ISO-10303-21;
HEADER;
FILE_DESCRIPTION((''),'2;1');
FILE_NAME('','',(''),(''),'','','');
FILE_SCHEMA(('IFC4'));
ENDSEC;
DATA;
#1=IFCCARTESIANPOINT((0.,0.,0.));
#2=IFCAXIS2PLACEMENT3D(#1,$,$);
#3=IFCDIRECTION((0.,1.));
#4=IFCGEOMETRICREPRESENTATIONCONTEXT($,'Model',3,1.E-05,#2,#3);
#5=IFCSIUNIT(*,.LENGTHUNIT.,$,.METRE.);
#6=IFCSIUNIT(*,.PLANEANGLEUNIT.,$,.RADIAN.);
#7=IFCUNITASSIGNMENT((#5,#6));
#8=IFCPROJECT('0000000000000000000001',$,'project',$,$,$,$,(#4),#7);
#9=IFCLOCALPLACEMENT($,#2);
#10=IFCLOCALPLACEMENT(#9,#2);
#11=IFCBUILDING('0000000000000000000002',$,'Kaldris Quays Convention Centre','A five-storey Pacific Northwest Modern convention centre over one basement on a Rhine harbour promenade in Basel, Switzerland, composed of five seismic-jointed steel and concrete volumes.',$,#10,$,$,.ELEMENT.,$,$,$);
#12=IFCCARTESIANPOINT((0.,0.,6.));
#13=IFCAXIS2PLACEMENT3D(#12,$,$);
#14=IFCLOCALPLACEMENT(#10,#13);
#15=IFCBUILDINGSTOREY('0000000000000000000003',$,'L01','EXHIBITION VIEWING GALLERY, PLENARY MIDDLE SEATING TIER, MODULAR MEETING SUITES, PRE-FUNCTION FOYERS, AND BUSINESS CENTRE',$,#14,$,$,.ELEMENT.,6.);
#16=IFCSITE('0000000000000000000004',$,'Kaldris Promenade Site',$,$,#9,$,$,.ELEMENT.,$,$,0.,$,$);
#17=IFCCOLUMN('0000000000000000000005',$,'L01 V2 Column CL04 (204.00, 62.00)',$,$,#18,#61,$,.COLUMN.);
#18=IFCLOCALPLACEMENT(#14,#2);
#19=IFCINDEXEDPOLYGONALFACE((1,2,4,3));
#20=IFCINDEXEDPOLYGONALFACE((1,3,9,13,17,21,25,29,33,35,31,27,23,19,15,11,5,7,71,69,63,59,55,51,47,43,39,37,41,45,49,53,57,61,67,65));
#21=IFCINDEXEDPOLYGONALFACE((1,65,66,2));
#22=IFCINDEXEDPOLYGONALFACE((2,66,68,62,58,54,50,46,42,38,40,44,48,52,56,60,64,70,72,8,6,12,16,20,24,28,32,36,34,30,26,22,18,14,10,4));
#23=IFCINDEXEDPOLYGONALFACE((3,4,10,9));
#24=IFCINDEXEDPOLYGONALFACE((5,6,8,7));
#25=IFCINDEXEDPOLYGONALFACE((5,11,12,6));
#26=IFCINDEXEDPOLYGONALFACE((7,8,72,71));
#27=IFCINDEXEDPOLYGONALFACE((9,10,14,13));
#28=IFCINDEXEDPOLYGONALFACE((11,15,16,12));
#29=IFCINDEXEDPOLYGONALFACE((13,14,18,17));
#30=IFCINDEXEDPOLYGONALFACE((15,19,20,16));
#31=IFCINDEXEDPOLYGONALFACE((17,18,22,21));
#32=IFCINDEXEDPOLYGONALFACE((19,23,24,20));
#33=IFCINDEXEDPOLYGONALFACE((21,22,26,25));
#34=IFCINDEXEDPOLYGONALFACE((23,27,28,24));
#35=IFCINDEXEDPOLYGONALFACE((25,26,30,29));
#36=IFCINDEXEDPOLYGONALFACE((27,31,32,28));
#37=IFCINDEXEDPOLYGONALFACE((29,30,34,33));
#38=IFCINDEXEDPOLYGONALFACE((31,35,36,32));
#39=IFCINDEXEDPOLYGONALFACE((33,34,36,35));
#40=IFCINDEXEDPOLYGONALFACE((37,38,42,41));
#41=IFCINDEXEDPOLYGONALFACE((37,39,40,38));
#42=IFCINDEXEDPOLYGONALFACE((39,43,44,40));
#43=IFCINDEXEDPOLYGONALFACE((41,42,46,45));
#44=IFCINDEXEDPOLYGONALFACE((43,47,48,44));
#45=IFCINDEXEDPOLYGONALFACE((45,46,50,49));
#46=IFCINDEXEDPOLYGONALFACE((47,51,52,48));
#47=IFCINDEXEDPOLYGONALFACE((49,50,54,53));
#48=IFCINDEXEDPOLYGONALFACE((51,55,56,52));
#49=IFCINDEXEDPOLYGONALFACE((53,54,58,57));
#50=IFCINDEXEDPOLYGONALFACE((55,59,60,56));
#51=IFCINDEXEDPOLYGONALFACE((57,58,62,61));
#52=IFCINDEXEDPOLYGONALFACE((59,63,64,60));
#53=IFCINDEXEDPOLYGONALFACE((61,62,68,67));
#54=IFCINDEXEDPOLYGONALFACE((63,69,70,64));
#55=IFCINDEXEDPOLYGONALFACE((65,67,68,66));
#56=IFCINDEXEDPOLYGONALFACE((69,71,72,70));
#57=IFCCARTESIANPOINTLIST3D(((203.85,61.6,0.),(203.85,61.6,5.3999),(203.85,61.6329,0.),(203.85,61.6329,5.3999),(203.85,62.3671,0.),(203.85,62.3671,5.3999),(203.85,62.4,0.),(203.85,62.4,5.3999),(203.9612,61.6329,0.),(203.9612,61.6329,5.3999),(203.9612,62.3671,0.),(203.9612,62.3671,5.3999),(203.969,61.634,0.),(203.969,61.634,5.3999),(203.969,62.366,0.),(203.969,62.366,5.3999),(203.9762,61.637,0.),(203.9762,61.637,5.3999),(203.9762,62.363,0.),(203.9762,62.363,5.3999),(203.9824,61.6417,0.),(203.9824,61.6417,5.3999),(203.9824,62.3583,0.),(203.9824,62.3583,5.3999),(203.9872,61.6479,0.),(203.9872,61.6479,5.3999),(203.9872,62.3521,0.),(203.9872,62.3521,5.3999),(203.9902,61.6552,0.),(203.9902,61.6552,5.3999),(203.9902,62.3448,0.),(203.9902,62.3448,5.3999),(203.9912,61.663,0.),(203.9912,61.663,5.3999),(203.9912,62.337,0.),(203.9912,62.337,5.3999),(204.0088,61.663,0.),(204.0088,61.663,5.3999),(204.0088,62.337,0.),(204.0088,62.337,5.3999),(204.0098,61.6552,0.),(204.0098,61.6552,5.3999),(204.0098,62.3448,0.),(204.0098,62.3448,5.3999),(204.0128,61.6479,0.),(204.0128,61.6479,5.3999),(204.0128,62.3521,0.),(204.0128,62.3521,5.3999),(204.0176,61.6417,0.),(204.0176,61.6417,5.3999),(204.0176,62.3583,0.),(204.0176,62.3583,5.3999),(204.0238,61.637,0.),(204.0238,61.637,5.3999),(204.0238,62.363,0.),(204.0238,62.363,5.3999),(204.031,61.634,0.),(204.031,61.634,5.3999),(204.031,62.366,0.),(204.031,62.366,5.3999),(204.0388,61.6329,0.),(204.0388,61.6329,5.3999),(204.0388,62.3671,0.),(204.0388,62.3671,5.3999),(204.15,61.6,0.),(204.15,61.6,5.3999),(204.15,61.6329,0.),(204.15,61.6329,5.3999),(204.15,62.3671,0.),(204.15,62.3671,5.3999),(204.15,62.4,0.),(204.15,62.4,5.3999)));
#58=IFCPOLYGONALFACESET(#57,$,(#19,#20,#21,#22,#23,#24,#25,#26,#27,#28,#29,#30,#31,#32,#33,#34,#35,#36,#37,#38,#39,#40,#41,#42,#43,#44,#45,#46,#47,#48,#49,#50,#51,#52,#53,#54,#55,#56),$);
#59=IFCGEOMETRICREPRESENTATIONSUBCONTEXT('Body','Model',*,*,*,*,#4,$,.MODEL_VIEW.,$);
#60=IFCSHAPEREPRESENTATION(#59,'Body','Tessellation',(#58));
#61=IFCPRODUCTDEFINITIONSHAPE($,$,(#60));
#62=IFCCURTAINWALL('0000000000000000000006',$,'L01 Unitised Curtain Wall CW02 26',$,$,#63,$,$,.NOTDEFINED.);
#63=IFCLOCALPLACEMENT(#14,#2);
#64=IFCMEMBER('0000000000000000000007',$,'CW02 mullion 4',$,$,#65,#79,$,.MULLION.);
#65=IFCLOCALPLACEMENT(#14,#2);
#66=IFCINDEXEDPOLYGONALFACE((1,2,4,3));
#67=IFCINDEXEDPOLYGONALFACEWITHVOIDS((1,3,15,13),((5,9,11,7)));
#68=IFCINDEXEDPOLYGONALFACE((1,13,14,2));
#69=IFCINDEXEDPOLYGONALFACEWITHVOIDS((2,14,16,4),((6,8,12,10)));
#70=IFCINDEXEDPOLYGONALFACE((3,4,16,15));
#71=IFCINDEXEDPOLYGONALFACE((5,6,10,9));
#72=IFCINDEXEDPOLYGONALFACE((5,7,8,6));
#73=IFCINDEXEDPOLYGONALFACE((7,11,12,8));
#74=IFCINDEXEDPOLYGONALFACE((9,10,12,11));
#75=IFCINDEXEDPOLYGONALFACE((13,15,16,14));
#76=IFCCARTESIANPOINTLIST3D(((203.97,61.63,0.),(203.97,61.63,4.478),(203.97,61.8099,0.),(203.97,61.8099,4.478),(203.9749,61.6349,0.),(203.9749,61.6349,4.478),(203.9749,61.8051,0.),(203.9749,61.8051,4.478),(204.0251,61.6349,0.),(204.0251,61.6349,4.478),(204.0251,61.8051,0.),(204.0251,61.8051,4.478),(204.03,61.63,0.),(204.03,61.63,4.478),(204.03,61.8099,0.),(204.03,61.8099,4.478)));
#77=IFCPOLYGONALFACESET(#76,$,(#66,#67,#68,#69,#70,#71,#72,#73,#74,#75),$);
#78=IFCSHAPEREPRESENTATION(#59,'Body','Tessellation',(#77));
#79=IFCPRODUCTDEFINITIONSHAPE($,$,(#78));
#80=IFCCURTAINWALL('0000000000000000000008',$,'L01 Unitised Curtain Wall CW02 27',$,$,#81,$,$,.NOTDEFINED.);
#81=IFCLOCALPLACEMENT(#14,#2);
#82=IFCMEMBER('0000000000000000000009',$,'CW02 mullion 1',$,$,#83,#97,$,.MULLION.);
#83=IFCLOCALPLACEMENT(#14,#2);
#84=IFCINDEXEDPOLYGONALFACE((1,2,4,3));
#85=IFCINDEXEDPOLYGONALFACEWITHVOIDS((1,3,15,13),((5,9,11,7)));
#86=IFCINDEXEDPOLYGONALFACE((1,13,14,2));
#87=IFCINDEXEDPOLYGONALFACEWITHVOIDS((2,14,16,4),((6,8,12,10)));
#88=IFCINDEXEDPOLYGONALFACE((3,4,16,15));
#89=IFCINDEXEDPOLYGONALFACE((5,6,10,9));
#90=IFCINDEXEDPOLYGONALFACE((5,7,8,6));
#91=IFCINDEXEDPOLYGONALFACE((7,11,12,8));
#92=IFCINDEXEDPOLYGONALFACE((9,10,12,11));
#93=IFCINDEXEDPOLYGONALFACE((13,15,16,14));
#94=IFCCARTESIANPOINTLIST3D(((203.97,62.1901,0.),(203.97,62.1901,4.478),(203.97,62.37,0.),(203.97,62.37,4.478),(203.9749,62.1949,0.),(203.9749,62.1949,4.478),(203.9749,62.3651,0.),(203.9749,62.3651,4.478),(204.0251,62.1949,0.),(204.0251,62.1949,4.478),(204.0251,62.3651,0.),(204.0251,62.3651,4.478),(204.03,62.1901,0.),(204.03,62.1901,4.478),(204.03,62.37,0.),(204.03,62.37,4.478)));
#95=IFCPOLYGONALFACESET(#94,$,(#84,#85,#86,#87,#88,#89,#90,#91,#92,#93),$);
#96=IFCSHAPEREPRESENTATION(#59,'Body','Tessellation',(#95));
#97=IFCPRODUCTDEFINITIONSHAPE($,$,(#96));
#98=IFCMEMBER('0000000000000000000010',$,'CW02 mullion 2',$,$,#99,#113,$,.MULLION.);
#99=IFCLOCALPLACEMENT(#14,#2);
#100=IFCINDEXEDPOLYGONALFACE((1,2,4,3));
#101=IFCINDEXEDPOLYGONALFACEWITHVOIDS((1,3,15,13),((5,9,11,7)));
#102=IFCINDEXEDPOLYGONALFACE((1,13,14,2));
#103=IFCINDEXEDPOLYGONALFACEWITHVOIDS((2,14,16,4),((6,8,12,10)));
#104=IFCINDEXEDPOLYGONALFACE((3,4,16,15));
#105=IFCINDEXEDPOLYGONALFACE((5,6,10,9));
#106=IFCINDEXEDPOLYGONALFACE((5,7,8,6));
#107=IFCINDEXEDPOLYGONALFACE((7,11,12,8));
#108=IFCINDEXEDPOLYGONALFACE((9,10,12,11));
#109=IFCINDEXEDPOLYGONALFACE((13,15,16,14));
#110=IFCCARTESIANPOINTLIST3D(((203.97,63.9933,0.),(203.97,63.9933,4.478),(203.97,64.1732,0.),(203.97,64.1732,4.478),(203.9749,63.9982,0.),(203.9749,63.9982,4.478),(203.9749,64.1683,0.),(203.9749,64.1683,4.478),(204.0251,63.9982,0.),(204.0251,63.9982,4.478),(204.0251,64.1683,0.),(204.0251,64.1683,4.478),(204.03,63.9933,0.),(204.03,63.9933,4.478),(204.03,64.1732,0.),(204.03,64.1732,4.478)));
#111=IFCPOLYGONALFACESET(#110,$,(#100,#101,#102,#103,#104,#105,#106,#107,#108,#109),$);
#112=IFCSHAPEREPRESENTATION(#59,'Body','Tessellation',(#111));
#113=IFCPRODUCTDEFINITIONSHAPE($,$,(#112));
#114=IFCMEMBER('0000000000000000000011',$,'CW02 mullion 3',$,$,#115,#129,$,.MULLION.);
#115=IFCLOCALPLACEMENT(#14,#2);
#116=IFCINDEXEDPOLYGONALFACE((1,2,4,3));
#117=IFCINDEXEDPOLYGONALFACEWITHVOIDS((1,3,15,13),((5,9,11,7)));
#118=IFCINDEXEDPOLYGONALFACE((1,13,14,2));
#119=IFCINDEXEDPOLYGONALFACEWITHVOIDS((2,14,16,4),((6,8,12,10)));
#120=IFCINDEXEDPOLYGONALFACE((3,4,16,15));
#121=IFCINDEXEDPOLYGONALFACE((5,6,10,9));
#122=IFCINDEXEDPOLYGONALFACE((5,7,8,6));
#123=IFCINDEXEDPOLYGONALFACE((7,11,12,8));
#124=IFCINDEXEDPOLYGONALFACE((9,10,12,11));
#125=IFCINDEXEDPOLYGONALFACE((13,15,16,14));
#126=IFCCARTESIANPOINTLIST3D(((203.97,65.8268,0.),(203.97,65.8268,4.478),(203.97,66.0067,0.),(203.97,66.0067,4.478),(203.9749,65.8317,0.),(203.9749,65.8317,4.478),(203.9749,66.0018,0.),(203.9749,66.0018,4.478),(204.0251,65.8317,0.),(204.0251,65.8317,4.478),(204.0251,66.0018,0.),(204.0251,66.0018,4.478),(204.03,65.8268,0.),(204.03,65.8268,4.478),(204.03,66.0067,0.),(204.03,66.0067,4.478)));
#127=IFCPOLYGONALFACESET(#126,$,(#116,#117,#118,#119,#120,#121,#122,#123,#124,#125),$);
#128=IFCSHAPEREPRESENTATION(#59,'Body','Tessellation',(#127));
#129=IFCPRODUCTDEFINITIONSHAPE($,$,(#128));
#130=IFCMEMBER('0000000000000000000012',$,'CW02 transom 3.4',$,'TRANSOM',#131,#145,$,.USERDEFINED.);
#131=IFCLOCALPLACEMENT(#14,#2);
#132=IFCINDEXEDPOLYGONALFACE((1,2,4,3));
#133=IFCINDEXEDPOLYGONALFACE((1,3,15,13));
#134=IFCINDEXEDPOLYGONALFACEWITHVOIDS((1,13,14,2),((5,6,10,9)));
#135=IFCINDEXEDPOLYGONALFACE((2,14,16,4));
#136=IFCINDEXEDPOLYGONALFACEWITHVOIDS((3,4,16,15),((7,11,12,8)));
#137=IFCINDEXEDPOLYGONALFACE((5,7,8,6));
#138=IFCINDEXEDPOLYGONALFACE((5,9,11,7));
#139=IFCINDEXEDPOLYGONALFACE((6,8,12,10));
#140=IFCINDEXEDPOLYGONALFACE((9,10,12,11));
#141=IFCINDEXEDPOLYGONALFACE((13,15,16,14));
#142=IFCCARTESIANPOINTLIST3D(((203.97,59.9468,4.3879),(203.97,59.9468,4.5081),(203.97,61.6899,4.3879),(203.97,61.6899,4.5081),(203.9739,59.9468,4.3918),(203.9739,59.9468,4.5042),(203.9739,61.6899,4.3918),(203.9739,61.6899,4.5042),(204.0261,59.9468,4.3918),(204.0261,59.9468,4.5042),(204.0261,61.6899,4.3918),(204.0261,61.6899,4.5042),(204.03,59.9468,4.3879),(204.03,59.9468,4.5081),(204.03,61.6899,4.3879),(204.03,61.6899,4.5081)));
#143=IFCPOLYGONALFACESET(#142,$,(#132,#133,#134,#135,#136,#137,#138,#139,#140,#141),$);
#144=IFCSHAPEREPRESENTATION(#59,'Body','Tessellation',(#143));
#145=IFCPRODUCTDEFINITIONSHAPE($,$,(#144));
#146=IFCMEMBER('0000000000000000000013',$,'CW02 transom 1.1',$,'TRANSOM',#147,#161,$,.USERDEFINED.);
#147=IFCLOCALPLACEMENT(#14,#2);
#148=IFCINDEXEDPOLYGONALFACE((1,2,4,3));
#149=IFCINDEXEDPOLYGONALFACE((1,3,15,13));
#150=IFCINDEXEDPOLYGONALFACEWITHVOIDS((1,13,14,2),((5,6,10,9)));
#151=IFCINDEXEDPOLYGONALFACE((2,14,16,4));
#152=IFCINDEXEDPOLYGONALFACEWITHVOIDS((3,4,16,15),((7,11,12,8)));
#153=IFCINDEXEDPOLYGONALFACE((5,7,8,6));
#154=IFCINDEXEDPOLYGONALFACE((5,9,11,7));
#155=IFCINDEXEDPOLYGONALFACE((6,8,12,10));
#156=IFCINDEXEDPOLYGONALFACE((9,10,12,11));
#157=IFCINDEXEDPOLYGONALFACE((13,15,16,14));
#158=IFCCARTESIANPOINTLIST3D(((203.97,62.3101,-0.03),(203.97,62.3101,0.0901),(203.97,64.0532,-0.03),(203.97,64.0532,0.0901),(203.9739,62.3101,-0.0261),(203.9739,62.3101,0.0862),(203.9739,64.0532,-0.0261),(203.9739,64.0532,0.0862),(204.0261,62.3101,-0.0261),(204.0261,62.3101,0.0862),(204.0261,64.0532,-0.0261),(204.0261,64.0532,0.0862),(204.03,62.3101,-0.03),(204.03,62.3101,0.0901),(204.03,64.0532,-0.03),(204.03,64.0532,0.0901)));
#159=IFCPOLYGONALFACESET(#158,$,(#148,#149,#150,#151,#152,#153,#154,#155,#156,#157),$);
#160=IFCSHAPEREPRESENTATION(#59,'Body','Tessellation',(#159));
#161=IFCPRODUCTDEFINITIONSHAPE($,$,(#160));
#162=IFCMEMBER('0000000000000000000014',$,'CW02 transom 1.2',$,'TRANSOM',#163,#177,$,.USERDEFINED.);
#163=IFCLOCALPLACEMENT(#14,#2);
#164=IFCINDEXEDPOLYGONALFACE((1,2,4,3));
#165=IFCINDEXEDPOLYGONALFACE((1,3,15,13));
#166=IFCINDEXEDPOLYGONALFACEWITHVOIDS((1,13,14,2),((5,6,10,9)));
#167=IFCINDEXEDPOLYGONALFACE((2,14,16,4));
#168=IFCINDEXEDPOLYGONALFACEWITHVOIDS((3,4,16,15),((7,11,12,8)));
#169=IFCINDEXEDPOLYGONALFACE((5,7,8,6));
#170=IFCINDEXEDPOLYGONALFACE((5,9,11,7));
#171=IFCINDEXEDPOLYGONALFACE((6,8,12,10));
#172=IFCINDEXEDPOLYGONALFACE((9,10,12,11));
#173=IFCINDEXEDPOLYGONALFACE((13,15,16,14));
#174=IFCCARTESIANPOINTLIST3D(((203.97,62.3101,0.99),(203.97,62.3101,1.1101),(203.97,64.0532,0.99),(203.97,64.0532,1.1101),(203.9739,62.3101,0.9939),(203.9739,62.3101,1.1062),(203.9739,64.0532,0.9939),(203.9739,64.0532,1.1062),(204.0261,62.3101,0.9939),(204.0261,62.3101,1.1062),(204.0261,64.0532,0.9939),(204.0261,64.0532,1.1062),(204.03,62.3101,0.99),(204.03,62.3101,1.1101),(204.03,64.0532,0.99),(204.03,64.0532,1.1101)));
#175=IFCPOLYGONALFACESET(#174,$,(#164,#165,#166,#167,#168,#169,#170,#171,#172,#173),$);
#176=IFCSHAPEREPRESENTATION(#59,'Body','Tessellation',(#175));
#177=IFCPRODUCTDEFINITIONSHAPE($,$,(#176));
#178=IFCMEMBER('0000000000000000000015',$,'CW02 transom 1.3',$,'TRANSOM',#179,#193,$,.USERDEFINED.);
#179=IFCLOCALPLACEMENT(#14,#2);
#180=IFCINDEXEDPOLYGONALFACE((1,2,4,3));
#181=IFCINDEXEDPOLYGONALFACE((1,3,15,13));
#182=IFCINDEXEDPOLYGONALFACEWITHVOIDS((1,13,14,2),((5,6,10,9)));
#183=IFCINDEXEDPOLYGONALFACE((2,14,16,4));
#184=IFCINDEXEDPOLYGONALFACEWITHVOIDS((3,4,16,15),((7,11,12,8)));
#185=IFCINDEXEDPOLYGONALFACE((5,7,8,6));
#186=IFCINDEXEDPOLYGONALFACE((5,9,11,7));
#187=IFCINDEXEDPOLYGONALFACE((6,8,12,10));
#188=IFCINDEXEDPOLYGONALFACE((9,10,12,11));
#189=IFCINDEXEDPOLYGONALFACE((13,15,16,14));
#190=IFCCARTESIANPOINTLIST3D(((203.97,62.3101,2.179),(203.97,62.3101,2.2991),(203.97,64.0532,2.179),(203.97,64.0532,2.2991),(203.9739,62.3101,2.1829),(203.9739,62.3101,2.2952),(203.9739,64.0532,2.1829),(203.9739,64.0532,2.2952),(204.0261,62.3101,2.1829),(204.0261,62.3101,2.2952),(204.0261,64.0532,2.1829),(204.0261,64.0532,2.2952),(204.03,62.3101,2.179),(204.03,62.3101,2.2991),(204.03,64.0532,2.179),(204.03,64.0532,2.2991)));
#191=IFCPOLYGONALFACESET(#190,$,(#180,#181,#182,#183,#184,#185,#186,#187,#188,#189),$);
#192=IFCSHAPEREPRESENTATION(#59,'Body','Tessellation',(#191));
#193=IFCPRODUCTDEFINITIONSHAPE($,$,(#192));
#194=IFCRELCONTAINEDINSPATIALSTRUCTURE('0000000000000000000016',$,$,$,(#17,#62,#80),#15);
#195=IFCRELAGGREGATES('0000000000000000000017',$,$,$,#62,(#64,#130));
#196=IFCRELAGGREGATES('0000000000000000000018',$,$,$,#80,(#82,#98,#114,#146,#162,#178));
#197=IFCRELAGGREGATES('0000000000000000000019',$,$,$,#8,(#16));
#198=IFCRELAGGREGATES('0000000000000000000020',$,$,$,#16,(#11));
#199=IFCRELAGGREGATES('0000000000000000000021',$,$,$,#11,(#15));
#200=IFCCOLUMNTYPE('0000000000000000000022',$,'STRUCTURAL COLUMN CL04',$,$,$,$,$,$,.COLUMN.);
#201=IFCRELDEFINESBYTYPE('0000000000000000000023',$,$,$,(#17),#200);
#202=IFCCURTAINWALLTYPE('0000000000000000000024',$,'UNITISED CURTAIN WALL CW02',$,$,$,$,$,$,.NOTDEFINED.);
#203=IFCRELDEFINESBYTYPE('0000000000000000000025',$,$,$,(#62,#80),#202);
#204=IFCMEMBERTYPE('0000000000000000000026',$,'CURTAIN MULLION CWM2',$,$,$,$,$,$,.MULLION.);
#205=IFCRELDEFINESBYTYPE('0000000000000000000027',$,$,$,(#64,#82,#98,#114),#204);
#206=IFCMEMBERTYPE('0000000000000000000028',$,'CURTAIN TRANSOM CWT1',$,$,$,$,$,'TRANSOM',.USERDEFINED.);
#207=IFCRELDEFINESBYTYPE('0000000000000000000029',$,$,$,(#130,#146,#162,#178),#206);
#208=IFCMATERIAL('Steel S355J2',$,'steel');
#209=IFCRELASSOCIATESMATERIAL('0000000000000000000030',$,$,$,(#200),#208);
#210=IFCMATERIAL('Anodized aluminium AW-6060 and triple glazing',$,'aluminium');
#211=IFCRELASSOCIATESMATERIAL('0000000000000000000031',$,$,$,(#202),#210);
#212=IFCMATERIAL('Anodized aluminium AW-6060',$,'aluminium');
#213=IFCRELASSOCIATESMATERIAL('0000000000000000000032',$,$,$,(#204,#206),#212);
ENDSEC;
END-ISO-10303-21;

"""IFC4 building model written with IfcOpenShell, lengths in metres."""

from ifc_helpers import new_model, si_unit, direction, frame, origin, origin_2d, place, context, subcontext, project, spatial, hollow_rectangle, i_section, extrude, material, material_profile, profile_set, type_object, element, aggregate, save


model = new_model("IFC4")

# Units and contexts
model_context = context("Model", 3, precision=1e-05, world=origin(), true_north=direction((0.0, 1.0)))
body_context = subcontext(model_context, "Body", "Model", "MODEL_VIEW")
ifc_project = project(units=[si_unit("LENGTHUNIT", "METRE"), si_unit("PLANEANGLEUNIT", "RADIAN")], contexts=[model_context])

# Site, building, storey
site_placement = place(None, origin())
site = spatial("IfcSite", under=ifc_project, at=site_placement, Name="Kaldris Promenade Site", CompositionType="ELEMENT", RefElevation=0.0)
building_placement = place(site_placement, origin())
building = spatial("IfcBuilding", under=site, at=building_placement, Name="Kaldris Quays Convention Centre", Description="A five-storey Pacific Northwest Modern convention centre over one basement on a Rhine harbour promenade in Basel, Switzerland, composed of five seismic-jointed steel and concrete volumes.", CompositionType="ELEMENT")
storey_placement = place(building_placement, frame((0.0, 0.0, 6.0)))
storey = spatial("IfcBuildingStorey", under=building, at=storey_placement, Name="L01", Description="EXHIBITION VIEWING GALLERY, PLENARY MIDDLE SEATING TIER, MODULAR MEETING SUITES, PRE-FUNCTION FOYERS, AND BUSINESS CENTRE", CompositionType="ELEMENT", Elevation=6.0)

# Column
ifc_material_1 = material(Name="Steel S355J2", Category="steel")
ifc_material_profile_1 = material_profile(ifc_material_1, i_section(OverallWidth=0.3, OverallDepth=0.8, WebThickness=0.0176, FlangeThickness=0.033, FilletRadius=0.03, at=origin_2d()), Name="HEB 800")
ifc_profile_set_1 = profile_set([ifc_material_profile_1], Name="Steel S355J2")
column_type = type_object("IfcColumnType", Name="STRUCTURAL COLUMN CL04", PredefinedType="COLUMN", material=ifc_profile_set_1)
column_placement = place(storey_placement, frame((204.0, 62.0, 0.0), z_axis=(0.0, 0.0, 1.0), x_axis=(1.0, 0.0, 0.0)))
element("IfcColumn", 1, at=column_placement, inside=storey, type_object=column_type, Name="L01 V2 Column CL04 (204.00, 62.00)", PredefinedType="COLUMN", context=body_context, shape_type="SweptSolid", body=[
    extrude(i_section(OverallWidth=0.3, OverallDepth=0.8, WebThickness=0.0176, FlangeThickness=0.033, FilletRadius=0.03, at=origin_2d()), origin(), (0.0, 0.0, 1.0), 5.3999),
])

# Curtain wall, member
ifc_material_2 = material(Name="Anodized aluminium AW-6060 and triple glazing", Category="aluminium")
curtain_wall_type = type_object("IfcCurtainWallType", Name="UNITISED CURTAIN WALL CW02", PredefinedType="NOTDEFINED", material=ifc_material_2)
curtain_wall_1_placement = place(storey_placement, origin())
curtain_wall_1 = element("IfcCurtainWall", 2, at=curtain_wall_1_placement, inside=storey, type_object=curtain_wall_type, Name="L01 Unitised Curtain Wall CW02 26", PredefinedType="NOTDEFINED")
ifc_material_3 = material(Name="Anodized aluminium AW-6060", Category="aluminium")
ifc_material_profile_2 = material_profile(ifc_material_3, hollow_rectangle(XDim=0.0601, YDim=0.1799, WallThickness=0.0049, at=origin_2d()), Name="RHS 180x60x5")
ifc_profile_set_2 = profile_set([ifc_material_profile_2], Name="Anodized aluminium AW-6060")
member_type_1 = type_object("IfcMemberType", Name="CURTAIN MULLION CWM2", PredefinedType="MULLION", material=ifc_profile_set_2)
member_1_placement = place(storey_placement, frame((204.0, 61.72, 0.0), z_axis=(0.0, 0.0, 1.0), x_axis=(-1.0, 0.0, 0.0)))
member_1 = element("IfcMember", 3, at=member_1_placement, type_object=member_type_1, Name="CW02 mullion 4", PredefinedType="MULLION", context=body_context, shape_type="SweptSolid", body=[
    extrude(hollow_rectangle(XDim=0.0601, YDim=0.1799, WallThickness=0.0049, at=origin_2d()), origin(), (0.0, 0.0, 1.0), 4.478),
])

# Curtain wall, members
curtain_wall_2_placement = place(storey_placement, origin())
curtain_wall_2 = element("IfcCurtainWall", 4, at=curtain_wall_2_placement, inside=storey, type_object=curtain_wall_type, Name="L01 Unitised Curtain Wall CW02 27", PredefinedType="NOTDEFINED")
member_2_placement = place(storey_placement, frame((204.0, 62.28, 0.0), z_axis=(0.0, 0.0, 1.0), x_axis=(-1.0, 0.0, 0.0)))
member_2 = element("IfcMember", 5, at=member_2_placement, type_object=member_type_1, Name="CW02 mullion 1", PredefinedType="MULLION", context=body_context, shape_type="SweptSolid", body=[
    extrude(hollow_rectangle(XDim=0.0601, YDim=0.1799, WallThickness=0.0049, at=origin_2d()), origin(), (0.0, 0.0, 1.0), 4.478),
])
member_3_placement = place(storey_placement, frame((204.0, 64.0833, 0.0), z_axis=(0.0, 0.0, 1.0), x_axis=(-1.0, 0.0, 0.0)))
member_3 = element("IfcMember", 6, at=member_3_placement, type_object=member_type_1, Name="CW02 mullion 2", PredefinedType="MULLION", context=body_context, shape_type="SweptSolid", body=[
    extrude(hollow_rectangle(XDim=0.0601, YDim=0.1799, WallThickness=0.0049, at=origin_2d()), origin(), (0.0, 0.0, 1.0), 4.478),
])
member_4_placement = place(storey_placement, frame((204.0, 65.9167, 0.0), z_axis=(0.0, 0.0, 1.0), x_axis=(-1.0, 0.0, 0.0)))
member_4 = element("IfcMember", 7, at=member_4_placement, type_object=member_type_1, Name="CW02 mullion 3", PredefinedType="MULLION", context=body_context, shape_type="SweptSolid", body=[
    extrude(hollow_rectangle(XDim=0.0601, YDim=0.1799, WallThickness=0.0049, at=origin_2d()), origin(), (0.0, 0.0, 1.0), 4.478),
])

# Members
ifc_material_profile_3 = material_profile(ifc_material_3, hollow_rectangle(XDim=0.0601, YDim=0.1201, WallThickness=0.0039, at=origin_2d()), Name="RHS 120x60x4")
ifc_profile_set_3 = profile_set([ifc_material_profile_3], Name="Anodized aluminium AW-6060")
member_type_2 = type_object("IfcMemberType", Name="CURTAIN TRANSOM CWT1", ElementType="TRANSOM", PredefinedType="USERDEFINED", material=ifc_profile_set_3)
member_5_placement = place(storey_placement, frame((204.0, 59.9468, 4.448), z_axis=(0.0, 1.0, 0.0), x_axis=(-1.0, 0.0, 0.0)))
member_5 = element("IfcMember", 8, at=member_5_placement, type_object=member_type_2, Name="CW02 transom 3.4", ObjectType="TRANSOM", PredefinedType="USERDEFINED", context=body_context, shape_type="SweptSolid", body=[
    extrude(hollow_rectangle(XDim=0.0601, YDim=0.1201, WallThickness=0.0039, at=origin_2d()), origin(), (0.0, 0.0, 1.0), 1.7432),
])
member_6_placement = place(storey_placement, frame((204.0, 62.3101, 0.03), z_axis=(0.0, 1.0, 0.0), x_axis=(-1.0, 0.0, 0.0)))
member_6 = element("IfcMember", 9, at=member_6_placement, type_object=member_type_2, Name="CW02 transom 1.1", ObjectType="TRANSOM", PredefinedType="USERDEFINED", context=body_context, shape_type="SweptSolid", body=[
    extrude(hollow_rectangle(XDim=0.0601, YDim=0.1201, WallThickness=0.0039, at=origin_2d()), origin(), (0.0, 0.0, 1.0), 1.7432),
])
member_7_placement = place(storey_placement, frame((204.0, 62.3101, 1.05), z_axis=(0.0, 1.0, 0.0), x_axis=(-1.0, 0.0, 0.0)))
member_7 = element("IfcMember", 10, at=member_7_placement, type_object=member_type_2, Name="CW02 transom 1.2", ObjectType="TRANSOM", PredefinedType="USERDEFINED", context=body_context, shape_type="SweptSolid", body=[
    extrude(hollow_rectangle(XDim=0.0601, YDim=0.1201, WallThickness=0.0039, at=origin_2d()), origin(), (0.0, 0.0, 1.0), 1.7432),
])
member_8_placement = place(storey_placement, frame((204.0, 62.3101, 2.239), z_axis=(0.0, 1.0, 0.0), x_axis=(-1.0, 0.0, 0.0)))
member_8 = element("IfcMember", 11, at=member_8_placement, type_object=member_type_2, Name="CW02 transom 1.3", ObjectType="TRANSOM", PredefinedType="USERDEFINED", context=body_context, shape_type="SweptSolid", body=[
    extrude(hollow_rectangle(XDim=0.0601, YDim=0.1201, WallThickness=0.0039, at=origin_2d()), origin(), (0.0, 0.0, 1.0), 1.7432),
])

aggregate(curtain_wall_1, [member_1, member_5])
aggregate(curtain_wall_2, [member_2, member_3, member_4, member_6, member_7, member_8])

save(model, "model.ifc")
